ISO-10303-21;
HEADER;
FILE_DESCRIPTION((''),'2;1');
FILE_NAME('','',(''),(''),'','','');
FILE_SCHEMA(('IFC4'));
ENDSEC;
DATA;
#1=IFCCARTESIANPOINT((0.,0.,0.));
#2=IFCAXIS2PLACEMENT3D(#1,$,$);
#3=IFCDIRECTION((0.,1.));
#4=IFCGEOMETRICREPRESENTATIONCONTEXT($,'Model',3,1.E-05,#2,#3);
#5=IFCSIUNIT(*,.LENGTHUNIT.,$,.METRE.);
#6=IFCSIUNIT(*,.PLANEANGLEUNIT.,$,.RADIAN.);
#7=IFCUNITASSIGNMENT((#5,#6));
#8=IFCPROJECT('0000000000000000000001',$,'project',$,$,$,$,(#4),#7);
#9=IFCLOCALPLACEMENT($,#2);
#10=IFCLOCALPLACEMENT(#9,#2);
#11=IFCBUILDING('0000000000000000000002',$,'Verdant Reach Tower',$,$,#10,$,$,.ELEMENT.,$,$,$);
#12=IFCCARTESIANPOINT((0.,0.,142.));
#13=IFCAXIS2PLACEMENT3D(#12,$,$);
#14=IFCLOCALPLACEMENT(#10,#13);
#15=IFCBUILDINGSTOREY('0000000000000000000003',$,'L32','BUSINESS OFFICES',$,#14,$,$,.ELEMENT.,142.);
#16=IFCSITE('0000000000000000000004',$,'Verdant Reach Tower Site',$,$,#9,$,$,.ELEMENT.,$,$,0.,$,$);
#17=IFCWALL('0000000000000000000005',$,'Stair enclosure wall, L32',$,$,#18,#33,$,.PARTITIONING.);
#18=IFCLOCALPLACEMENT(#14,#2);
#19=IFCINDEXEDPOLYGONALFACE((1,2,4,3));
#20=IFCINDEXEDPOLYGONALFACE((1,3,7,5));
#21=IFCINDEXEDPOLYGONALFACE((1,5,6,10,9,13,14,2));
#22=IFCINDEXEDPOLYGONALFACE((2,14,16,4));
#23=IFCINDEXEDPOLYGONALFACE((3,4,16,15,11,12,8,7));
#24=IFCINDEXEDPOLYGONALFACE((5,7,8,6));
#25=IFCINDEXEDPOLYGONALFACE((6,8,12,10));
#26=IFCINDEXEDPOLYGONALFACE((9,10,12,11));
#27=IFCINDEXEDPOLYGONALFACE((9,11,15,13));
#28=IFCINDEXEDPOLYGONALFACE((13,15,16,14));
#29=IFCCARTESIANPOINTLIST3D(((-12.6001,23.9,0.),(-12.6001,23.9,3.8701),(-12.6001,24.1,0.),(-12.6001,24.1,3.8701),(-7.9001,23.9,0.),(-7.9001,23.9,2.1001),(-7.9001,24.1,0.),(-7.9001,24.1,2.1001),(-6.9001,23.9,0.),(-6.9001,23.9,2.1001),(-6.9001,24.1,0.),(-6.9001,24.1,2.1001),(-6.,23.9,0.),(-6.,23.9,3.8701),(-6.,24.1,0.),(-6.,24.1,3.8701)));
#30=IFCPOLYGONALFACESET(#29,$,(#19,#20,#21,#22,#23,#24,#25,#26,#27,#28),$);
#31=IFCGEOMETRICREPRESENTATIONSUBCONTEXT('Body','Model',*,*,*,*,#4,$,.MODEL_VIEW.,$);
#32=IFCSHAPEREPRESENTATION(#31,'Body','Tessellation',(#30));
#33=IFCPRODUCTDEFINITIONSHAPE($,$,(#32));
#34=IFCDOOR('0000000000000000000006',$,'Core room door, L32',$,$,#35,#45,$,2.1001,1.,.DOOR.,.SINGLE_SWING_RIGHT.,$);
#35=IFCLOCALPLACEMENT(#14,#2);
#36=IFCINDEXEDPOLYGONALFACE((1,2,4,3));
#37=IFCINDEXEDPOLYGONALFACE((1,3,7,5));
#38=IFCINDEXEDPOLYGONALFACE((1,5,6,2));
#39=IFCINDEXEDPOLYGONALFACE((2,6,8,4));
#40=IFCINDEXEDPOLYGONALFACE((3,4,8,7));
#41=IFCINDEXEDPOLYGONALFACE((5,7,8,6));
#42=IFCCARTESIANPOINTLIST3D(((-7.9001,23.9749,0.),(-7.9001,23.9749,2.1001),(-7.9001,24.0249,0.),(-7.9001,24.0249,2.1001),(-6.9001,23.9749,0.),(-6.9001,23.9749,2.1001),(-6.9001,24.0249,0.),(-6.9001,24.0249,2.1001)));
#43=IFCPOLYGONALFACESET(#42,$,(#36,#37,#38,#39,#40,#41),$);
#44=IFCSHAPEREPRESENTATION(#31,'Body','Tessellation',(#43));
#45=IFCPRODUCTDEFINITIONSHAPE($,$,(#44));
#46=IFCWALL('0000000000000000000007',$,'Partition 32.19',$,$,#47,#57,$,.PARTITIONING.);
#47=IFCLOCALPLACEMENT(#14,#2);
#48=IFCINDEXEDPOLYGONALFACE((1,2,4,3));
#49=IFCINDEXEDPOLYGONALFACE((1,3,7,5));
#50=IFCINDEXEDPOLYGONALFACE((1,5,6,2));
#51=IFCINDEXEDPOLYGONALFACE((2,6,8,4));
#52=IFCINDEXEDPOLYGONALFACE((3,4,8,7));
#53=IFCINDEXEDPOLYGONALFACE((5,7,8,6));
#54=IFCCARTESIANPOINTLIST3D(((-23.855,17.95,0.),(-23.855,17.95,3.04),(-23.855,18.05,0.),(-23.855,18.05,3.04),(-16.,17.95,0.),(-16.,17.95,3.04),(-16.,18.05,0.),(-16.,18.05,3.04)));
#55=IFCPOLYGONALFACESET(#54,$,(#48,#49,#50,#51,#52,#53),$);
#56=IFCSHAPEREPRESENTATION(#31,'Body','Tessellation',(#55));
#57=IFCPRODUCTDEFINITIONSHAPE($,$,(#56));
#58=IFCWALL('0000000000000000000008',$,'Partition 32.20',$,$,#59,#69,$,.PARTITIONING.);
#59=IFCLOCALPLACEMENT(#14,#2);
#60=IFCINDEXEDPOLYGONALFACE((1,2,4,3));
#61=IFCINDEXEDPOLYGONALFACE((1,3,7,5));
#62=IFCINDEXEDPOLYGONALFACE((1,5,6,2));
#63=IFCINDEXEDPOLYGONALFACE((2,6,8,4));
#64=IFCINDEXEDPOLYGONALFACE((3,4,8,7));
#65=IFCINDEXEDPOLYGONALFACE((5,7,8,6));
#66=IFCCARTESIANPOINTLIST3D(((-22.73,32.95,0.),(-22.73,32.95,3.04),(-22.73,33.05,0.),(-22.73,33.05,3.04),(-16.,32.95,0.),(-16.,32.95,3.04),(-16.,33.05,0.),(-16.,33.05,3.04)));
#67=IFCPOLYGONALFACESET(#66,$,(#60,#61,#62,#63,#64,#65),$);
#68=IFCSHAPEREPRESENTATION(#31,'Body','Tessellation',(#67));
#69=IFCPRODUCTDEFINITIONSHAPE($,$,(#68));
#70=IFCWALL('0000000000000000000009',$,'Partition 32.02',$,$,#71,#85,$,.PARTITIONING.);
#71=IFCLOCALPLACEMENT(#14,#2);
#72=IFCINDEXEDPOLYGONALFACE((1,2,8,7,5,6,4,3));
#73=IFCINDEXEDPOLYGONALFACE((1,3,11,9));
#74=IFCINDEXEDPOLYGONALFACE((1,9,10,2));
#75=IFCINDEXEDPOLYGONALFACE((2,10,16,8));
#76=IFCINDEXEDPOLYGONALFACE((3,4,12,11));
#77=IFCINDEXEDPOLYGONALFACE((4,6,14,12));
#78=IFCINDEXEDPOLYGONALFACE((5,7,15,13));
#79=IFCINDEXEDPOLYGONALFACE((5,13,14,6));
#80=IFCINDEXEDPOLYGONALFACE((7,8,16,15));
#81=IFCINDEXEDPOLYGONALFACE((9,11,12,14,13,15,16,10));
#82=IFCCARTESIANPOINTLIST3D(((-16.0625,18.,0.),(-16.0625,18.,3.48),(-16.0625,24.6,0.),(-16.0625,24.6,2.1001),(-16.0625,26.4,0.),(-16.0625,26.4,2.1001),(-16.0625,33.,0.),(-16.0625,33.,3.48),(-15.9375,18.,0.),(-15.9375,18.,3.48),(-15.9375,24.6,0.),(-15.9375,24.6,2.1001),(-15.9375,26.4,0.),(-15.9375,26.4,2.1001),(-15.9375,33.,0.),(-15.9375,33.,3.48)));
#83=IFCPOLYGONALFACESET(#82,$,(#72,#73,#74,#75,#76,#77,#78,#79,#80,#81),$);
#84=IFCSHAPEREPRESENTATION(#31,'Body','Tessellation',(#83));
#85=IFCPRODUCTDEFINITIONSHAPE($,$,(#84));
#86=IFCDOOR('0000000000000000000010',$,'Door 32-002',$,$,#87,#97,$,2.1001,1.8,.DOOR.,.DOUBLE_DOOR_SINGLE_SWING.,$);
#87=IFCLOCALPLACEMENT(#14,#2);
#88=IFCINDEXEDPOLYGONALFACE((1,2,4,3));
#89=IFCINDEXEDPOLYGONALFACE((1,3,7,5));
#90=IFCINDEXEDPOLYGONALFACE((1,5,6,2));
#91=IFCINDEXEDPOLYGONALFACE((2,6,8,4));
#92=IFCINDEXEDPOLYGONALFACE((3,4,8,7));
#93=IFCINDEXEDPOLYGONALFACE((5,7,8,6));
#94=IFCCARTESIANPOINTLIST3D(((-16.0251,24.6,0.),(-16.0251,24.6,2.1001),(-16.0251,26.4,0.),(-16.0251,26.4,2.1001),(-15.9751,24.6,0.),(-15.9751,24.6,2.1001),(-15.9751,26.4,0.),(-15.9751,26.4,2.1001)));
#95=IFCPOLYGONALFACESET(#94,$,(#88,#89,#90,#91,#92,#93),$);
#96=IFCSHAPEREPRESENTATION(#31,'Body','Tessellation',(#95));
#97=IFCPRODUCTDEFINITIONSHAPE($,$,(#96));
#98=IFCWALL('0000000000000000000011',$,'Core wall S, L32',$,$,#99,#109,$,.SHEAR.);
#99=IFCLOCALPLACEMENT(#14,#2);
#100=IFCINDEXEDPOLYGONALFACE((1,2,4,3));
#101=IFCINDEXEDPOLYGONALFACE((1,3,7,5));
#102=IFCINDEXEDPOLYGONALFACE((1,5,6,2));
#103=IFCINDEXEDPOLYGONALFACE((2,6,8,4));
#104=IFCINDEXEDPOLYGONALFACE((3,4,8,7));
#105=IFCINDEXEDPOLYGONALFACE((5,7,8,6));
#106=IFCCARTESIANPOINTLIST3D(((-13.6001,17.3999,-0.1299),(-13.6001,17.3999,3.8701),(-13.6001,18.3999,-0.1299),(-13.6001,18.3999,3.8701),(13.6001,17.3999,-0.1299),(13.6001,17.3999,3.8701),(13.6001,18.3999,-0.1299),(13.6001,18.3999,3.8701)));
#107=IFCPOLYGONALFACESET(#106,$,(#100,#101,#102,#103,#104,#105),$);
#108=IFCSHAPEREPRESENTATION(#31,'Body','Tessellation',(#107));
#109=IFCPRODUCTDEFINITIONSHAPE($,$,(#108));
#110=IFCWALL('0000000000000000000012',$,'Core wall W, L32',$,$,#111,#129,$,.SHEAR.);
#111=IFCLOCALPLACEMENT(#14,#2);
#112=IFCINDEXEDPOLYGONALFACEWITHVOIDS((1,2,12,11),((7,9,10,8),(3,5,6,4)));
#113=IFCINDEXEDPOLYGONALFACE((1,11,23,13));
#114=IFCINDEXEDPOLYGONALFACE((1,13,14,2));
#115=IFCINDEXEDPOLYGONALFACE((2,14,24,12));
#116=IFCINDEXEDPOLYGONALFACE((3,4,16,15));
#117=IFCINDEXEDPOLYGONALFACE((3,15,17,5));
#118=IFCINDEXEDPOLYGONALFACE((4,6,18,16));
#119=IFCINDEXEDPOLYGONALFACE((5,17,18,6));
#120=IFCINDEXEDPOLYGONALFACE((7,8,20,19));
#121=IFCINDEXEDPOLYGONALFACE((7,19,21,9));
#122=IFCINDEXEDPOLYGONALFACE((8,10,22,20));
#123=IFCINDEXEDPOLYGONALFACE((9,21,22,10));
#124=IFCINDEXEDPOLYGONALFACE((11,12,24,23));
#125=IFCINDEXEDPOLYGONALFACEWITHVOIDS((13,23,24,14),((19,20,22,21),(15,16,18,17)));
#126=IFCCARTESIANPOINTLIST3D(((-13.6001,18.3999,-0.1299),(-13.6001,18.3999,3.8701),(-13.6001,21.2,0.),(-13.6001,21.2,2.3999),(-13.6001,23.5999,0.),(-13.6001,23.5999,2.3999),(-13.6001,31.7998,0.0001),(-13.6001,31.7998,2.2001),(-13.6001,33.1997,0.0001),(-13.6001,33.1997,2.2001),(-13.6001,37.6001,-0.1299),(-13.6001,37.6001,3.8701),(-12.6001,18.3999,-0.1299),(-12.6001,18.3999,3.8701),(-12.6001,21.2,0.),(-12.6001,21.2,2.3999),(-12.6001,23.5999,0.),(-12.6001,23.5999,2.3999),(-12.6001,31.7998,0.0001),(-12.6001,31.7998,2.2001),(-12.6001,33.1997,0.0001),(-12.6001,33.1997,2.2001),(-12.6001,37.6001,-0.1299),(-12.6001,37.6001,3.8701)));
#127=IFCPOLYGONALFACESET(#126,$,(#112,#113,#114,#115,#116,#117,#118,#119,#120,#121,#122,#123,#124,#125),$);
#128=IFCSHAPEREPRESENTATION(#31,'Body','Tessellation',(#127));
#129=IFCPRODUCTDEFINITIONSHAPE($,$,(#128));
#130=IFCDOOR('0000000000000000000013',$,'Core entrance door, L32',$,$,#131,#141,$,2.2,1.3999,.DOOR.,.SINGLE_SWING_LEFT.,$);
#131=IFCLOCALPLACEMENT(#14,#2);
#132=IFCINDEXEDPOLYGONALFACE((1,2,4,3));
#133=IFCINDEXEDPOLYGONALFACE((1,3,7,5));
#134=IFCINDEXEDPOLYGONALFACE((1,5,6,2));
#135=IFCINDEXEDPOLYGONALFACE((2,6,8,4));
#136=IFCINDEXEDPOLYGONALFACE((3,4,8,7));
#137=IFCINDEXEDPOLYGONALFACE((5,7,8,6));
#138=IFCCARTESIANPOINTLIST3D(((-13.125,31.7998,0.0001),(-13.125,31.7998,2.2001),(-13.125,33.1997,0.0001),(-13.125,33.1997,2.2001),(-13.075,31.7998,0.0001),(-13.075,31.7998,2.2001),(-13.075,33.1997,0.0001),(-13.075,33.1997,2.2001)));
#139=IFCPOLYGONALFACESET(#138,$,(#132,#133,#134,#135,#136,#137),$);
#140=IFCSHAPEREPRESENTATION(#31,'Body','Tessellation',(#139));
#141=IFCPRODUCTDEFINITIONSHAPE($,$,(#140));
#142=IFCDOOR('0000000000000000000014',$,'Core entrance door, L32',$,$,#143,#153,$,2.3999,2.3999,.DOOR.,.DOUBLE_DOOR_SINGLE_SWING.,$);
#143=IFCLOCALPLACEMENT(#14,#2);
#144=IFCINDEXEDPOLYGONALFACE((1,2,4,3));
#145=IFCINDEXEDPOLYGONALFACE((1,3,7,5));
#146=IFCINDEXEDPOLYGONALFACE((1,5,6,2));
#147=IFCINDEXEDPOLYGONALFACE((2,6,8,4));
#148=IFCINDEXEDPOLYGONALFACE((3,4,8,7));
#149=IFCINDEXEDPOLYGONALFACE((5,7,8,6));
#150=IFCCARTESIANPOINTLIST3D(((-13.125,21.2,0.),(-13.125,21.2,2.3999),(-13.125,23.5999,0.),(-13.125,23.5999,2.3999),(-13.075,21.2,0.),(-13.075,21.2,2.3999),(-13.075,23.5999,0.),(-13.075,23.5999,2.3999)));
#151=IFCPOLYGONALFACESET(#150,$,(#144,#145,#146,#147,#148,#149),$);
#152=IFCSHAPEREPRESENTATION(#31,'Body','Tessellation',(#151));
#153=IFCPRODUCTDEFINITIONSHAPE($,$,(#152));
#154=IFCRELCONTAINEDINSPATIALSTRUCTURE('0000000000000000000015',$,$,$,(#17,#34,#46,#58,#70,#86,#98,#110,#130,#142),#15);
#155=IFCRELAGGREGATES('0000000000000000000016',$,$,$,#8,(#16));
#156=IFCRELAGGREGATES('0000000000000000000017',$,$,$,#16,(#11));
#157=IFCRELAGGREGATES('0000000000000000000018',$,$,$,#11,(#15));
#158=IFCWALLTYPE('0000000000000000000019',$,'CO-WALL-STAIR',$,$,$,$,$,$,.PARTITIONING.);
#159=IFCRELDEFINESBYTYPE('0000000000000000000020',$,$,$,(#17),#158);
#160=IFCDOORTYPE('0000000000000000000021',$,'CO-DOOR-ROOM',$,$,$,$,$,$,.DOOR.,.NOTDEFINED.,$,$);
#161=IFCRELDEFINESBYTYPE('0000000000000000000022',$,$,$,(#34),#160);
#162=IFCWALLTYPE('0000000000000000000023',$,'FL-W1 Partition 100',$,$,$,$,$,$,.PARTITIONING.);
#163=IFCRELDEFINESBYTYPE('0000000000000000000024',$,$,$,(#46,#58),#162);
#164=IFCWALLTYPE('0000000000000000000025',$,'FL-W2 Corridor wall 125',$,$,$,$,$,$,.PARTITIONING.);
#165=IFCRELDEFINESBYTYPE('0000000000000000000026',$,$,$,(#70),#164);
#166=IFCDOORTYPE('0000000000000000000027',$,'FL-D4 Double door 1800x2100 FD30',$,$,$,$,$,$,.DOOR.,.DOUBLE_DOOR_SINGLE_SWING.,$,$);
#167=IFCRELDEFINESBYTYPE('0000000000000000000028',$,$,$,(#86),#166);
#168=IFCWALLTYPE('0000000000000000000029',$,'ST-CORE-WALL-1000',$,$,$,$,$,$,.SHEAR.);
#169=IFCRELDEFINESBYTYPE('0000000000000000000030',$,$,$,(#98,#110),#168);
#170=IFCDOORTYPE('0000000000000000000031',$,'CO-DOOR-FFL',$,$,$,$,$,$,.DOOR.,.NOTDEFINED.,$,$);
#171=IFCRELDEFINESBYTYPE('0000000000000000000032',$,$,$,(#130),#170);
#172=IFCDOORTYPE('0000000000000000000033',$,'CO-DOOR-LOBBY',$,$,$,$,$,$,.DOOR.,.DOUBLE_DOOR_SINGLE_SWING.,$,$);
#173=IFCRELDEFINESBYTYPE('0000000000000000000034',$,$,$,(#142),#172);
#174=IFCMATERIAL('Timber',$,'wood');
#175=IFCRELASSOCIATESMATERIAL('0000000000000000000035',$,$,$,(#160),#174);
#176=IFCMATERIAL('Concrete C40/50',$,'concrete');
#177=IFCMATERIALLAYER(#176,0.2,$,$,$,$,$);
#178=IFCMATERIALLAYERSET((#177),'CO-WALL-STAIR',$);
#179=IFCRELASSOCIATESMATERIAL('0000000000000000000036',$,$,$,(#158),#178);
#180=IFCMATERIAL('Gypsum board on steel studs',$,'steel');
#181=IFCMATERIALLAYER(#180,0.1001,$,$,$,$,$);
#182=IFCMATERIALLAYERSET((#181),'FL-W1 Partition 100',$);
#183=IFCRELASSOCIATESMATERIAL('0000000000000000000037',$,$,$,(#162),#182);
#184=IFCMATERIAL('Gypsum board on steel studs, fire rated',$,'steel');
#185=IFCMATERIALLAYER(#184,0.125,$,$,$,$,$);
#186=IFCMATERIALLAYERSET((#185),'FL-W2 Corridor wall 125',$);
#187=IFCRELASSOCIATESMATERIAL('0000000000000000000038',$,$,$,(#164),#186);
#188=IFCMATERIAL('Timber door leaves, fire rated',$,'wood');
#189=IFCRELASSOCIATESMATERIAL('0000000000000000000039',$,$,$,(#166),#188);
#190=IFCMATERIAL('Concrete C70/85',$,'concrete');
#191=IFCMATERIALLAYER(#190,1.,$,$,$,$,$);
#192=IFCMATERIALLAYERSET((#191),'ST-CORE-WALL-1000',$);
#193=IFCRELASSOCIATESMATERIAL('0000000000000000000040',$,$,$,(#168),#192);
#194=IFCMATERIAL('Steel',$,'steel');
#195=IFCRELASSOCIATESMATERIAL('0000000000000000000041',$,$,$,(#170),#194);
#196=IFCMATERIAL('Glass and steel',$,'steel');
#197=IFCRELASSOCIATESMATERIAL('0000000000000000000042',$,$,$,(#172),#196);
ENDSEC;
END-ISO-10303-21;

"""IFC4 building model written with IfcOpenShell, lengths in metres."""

from ifc_helpers import new_model, si_unit, direction, frame, frame_2d, origin, place, context, subcontext, project, spatial, rectangle, extrude, material, layer, layer_set, type_object, element, fill, save


model = new_model("IFC4")

# Units and contexts
model_context = context("Model", 3, precision=1e-05, world=origin(), true_north=direction((0.0, 1.0)))
body_context = subcontext(model_context, "Body", "Model", "MODEL_VIEW")
ifc_project = project(units=[si_unit("LENGTHUNIT", "METRE"), si_unit("PLANEANGLEUNIT", "RADIAN")], contexts=[model_context])

# Site, building, storey
site_placement = place(None, origin())
site = spatial("IfcSite", under=ifc_project, at=site_placement, Name="Verdant Reach Tower Site", CompositionType="ELEMENT", RefElevation=0.0)
building_placement = place(site_placement, origin())
building = spatial("IfcBuilding", under=site, at=building_placement, Name="Verdant Reach Tower", CompositionType="ELEMENT")
storey_placement = place(building_placement, frame((0.0, 0.0, 142.0)))
storey = spatial("IfcBuildingStorey", under=building, at=storey_placement, Name="L32", Description="BUSINESS OFFICES", CompositionType="ELEMENT", Elevation=142.0)

# Shared definitions
ifc_material_1 = material(Name="Gypsum board on steel studs", Category="steel")
ifc_material_2 = material(Name="Timber", Category="wood")
door_type_1 = type_object("IfcDoorType", Name="CO-DOOR-ROOM", OperationType="NOTDEFINED", PredefinedType="DOOR", material=ifc_material_2)

# Wall, opening, door
ifc_material_3 = material(Name="Concrete C40/50", Category="concrete")
ifc_layer_1 = layer(ifc_material_3, 0.2)
ifc_layer_set_1 = layer_set([ifc_layer_1], Name="CO-WALL-STAIR")
wall_type_1 = type_object("IfcWallType", Name="CO-WALL-STAIR", PredefinedType="PARTITIONING", material=ifc_layer_set_1)
wall_1_placement = place(storey_placement, frame((-12.6001, 24.0, 0.0), z_axis=(0.0, 0.0, 1.0), x_axis=(1.0, 0.0, 0.0)))
wall_1 = element("IfcWall", 1, at=wall_1_placement, inside=storey, type_object=wall_type_1, Name="Stair enclosure wall, L32", PredefinedType="PARTITIONING", context=body_context, shape_type="SweptSolid", body=[
    extrude(rectangle(XDim=6.6001, YDim=0.2, at=frame_2d((3.3, 0.0))), origin(), (0.0, 0.0, 1.0), 3.8701),
])
opening_1_placement = place(wall_1_placement, frame((4.7, 0.0, 0.0)))
opening_1 = element("IfcOpeningElement", 2, at=opening_1_placement, cuts=wall_1, PredefinedType="OPENING", context=body_context, shape_type="SweptSolid", body=[
    extrude(rectangle(XDim=1.0, YDim=2.1001, at=frame_2d((0.5, 1.05))), frame((0.0, 0.1099, 0.0), z_axis=(0.0, -1.0, 0.0), x_axis=(1.0, 0.0, 0.0)), (0.0, 0.0, 1.0), 0.22),
])
door_1_placement = place(opening_1_placement, origin())
door_1 = element("IfcDoor", 3, at=door_1_placement, inside=storey, type_object=door_type_1, Name="Core room door, L32", OperationType="SINGLE_SWING_RIGHT", OverallHeight=2.1001, OverallWidth=1.0, PredefinedType="DOOR", context=body_context, shape_type="SweptSolid", body=[
    extrude(rectangle(XDim=1.0, YDim=2.1001, at=frame_2d((0.5, 1.05))), frame((0.0, 0.0249, 0.0), z_axis=(0.0, -1.0, 0.0), x_axis=(1.0, 0.0, 0.0)), (0.0, 0.0, 1.0), 0.05),
])
fill(opening_1, door_1)

# Walls
ifc_layer_2 = layer(ifc_material_1, 0.1001)
ifc_layer_set_2 = layer_set([ifc_layer_2], Name="FL-W1 Partition 100")
wall_type_2 = type_object("IfcWallType", Name="FL-W1 Partition 100", PredefinedType="PARTITIONING", material=ifc_layer_set_2)
wall_2_placement = place(storey_placement, frame((-16.0, 18.0, 0.0), z_axis=(0.0, 0.0, 1.0), x_axis=(-1.0, 0.0, 0.0)))
element("IfcWall", 4, at=wall_2_placement, inside=storey, type_object=wall_type_2, Name="Partition 32.19", PredefinedType="PARTITIONING", context=body_context, shape_type="SweptSolid", body=[
    extrude(rectangle(XDim=7.855, YDim=0.1001, at=frame_2d((3.9275, 0.0))), origin(), (0.0, 0.0, 1.0), 3.04),
])
wall_3_placement = place(storey_placement, frame((-16.0, 33.0, 0.0), z_axis=(0.0, 0.0, 1.0), x_axis=(-1.0, 0.0, 0.0)))
element("IfcWall", 5, at=wall_3_placement, inside=storey, type_object=wall_type_2, Name="Partition 32.20", PredefinedType="PARTITIONING", context=body_context, shape_type="SweptSolid", body=[
    extrude(rectangle(XDim=6.73, YDim=0.1001, at=frame_2d((3.365, 0.0))), origin(), (0.0, 0.0, 1.0), 3.04),
])

# Wall, opening, door
ifc_material_4 = material(Name="Gypsum board on steel studs, fire rated", Category="steel")
ifc_layer_3 = layer(ifc_material_4, 0.125)
ifc_layer_set_3 = layer_set([ifc_layer_3], Name="FL-W2 Corridor wall 125")
wall_type_3 = type_object("IfcWallType", Name="FL-W2 Corridor wall 125", PredefinedType="PARTITIONING", material=ifc_layer_set_3)
wall_4_placement = place(storey_placement, frame((-16.0, 33.0, 0.0), z_axis=(0.0, 0.0, 1.0), x_axis=(0.0, -1.0, 0.0)))
wall_4 = element("IfcWall", 6, at=wall_4_placement, inside=storey, type_object=wall_type_3, Name="Partition 32.02", PredefinedType="PARTITIONING", context=body_context, shape_type="SweptSolid", body=[
    extrude(rectangle(XDim=15.0, YDim=0.125, at=frame_2d((7.5, 0.0))), origin(), (0.0, 0.0, 1.0), 3.48),
])
opening_2_placement = place(wall_4_placement, frame((6.6001, 0.0, 0.0)))
opening_2 = element("IfcOpeningElement", 7, at=opening_2_placement, cuts=wall_4, PredefinedType="OPENING", context=body_context, shape_type="SweptSolid", body=[
    extrude(rectangle(XDim=1.8, YDim=2.1001, at=frame_2d((0.8999, 1.05))), frame((0.0, 0.0725, 0.0), z_axis=(0.0, -1.0, 0.0), x_axis=(1.0, 0.0, 0.0)), (0.0, 0.0, 1.0), 0.145),
])
ifc_material_5 = material(Name="Timber door leaves, fire rated", Category="wood")
door_type_2 = type_object("IfcDoorType", Name="FL-D4 Double door 1800x2100 FD30", OperationType="DOUBLE_DOOR_SINGLE_SWING", PredefinedType="DOOR", material=ifc_material_5)
door_2_placement = place(opening_2_placement, origin())
door_2 = element("IfcDoor", 8, at=door_2_placement, inside=storey, type_object=door_type_2, Name="Door 32-002", OperationType="DOUBLE_DOOR_SINGLE_SWING", OverallHeight=2.1001, OverallWidth=1.8, PredefinedType="DOOR", context=body_context, shape_type="SweptSolid", body=[
    extrude(rectangle(XDim=1.8, YDim=2.1001, at=frame_2d((0.8999, 1.05))), frame((0.0, 0.0249, 0.0), z_axis=(0.0, -1.0, 0.0), x_axis=(1.0, 0.0, 0.0)), (0.0, 0.0, 1.0), 0.05),
])
fill(opening_2, door_2)

# Wall
ifc_material_6 = material(Name="Concrete C70/85", Category="concrete")
ifc_layer_4 = layer(ifc_material_6, 1.0)
ifc_layer_set_4 = layer_set([ifc_layer_4], Name="ST-CORE-WALL-1000")
wall_type_4 = type_object("IfcWallType", Name="ST-CORE-WALL-1000", PredefinedType="SHEAR", material=ifc_layer_set_4)
wall_5_placement = place(storey_placement, frame((-13.6001, 17.8999, -0.1299), z_axis=(0.0, 0.0, 1.0), x_axis=(1.0, 0.0, 0.0)))
element("IfcWall", 9, at=wall_5_placement, inside=storey, type_object=wall_type_4, Name="Core wall S, L32", PredefinedType="SHEAR", context=body_context, shape_type="SweptSolid", body=[
    extrude(rectangle(XDim=27.2002, YDim=1.0, at=frame_2d((13.6001, 0.0))), origin(), (0.0, 0.0, 1.0), 4.0),
])

# Wall, openings, doors
wall_6_placement = place(storey_placement, frame((-13.1001, 18.3999, -0.1299), z_axis=(0.0, 0.0, 1.0), x_axis=(0.0, 1.0, 0.0)))
wall_6 = element("IfcWall", 10, at=wall_6_placement, inside=storey, type_object=wall_type_4, Name="Core wall W, L32", PredefinedType="SHEAR", context=body_context, shape_type="SweptSolid", body=[
    extrude(rectangle(XDim=19.2002, YDim=1.0, at=frame_2d((9.6001, 0.0))), origin(), (0.0, 0.0, 1.0), 4.0),
])
opening_3_placement = place(wall_6_placement, frame((2.8, 0.0, 0.1299)))
opening_3 = element("IfcOpeningElement", 11, at=opening_3_placement, cuts=wall_6, PredefinedType="OPENING", context=body_context, shape_type="SweptSolid", body=[
    extrude(rectangle(XDim=2.3999, YDim=2.3999, at=frame_2d((1.2, 1.2))), frame((0.0, 0.51, 0.0), z_axis=(0.0, -1.0, 0.0), x_axis=(1.0, 0.0, 0.0)), (0.0, 0.0, 1.0), 1.02),
])
opening_4_placement = place(wall_6_placement, frame((13.3999, 0.0, 0.1299)))
opening_4 = element("IfcOpeningElement", 12, at=opening_4_placement, cuts=wall_6, PredefinedType="OPENING", context=body_context, shape_type="SweptSolid", body=[
    extrude(rectangle(XDim=1.3999, YDim=2.2, at=frame_2d((0.7, 1.1001))), frame((0.0, 0.51, 0.0), z_axis=(0.0, -1.0, 0.0), x_axis=(1.0, 0.0, 0.0)), (0.0, 0.0, 1.0), 1.02),
])
ifc_material_7 = material(Name="Steel", Category="steel")
door_type_3 = type_object("IfcDoorType", Name="CO-DOOR-FFL", OperationType="NOTDEFINED", PredefinedType="DOOR", material=ifc_material_7)
door_3_placement = place(opening_4_placement, origin())
door_3 = element("IfcDoor", 13, at=door_3_placement, inside=storey, type_object=door_type_3, Name="Core entrance door, L32", OperationType="SINGLE_SWING_LEFT", OverallHeight=2.2, OverallWidth=1.3999, PredefinedType="DOOR", context=body_context, shape_type="SweptSolid", body=[
    extrude(rectangle(XDim=1.3999, YDim=2.2, at=frame_2d((0.7, 1.1001))), frame((0.0, 0.0249, 0.0), z_axis=(0.0, -1.0, 0.0), x_axis=(1.0, 0.0, 0.0)), (0.0, 0.0, 1.0), 0.05),
])
fill(opening_4, door_3)
ifc_material_8 = material(Name="Glass and steel", Category="steel")
door_type_4 = type_object("IfcDoorType", Name="CO-DOOR-LOBBY", OperationType="DOUBLE_DOOR_SINGLE_SWING", PredefinedType="DOOR", material=ifc_material_8)
door_4_placement = place(opening_3_placement, origin())
door_4 = element("IfcDoor", 14, at=door_4_placement, inside=storey, type_object=door_type_4, Name="Core entrance door, L32", OperationType="DOUBLE_DOOR_SINGLE_SWING", OverallHeight=2.3999, OverallWidth=2.3999, PredefinedType="DOOR", context=body_context, shape_type="SweptSolid", body=[
    extrude(rectangle(XDim=2.3999, YDim=2.3999, at=frame_2d((1.2, 1.2))), frame((0.0, 0.0249, 0.0), z_axis=(0.0, -1.0, 0.0), x_axis=(1.0, 0.0, 0.0)), (0.0, 0.0, 1.0), 0.05),
])
fill(opening_3, door_4)

save(model, "model.ifc")
